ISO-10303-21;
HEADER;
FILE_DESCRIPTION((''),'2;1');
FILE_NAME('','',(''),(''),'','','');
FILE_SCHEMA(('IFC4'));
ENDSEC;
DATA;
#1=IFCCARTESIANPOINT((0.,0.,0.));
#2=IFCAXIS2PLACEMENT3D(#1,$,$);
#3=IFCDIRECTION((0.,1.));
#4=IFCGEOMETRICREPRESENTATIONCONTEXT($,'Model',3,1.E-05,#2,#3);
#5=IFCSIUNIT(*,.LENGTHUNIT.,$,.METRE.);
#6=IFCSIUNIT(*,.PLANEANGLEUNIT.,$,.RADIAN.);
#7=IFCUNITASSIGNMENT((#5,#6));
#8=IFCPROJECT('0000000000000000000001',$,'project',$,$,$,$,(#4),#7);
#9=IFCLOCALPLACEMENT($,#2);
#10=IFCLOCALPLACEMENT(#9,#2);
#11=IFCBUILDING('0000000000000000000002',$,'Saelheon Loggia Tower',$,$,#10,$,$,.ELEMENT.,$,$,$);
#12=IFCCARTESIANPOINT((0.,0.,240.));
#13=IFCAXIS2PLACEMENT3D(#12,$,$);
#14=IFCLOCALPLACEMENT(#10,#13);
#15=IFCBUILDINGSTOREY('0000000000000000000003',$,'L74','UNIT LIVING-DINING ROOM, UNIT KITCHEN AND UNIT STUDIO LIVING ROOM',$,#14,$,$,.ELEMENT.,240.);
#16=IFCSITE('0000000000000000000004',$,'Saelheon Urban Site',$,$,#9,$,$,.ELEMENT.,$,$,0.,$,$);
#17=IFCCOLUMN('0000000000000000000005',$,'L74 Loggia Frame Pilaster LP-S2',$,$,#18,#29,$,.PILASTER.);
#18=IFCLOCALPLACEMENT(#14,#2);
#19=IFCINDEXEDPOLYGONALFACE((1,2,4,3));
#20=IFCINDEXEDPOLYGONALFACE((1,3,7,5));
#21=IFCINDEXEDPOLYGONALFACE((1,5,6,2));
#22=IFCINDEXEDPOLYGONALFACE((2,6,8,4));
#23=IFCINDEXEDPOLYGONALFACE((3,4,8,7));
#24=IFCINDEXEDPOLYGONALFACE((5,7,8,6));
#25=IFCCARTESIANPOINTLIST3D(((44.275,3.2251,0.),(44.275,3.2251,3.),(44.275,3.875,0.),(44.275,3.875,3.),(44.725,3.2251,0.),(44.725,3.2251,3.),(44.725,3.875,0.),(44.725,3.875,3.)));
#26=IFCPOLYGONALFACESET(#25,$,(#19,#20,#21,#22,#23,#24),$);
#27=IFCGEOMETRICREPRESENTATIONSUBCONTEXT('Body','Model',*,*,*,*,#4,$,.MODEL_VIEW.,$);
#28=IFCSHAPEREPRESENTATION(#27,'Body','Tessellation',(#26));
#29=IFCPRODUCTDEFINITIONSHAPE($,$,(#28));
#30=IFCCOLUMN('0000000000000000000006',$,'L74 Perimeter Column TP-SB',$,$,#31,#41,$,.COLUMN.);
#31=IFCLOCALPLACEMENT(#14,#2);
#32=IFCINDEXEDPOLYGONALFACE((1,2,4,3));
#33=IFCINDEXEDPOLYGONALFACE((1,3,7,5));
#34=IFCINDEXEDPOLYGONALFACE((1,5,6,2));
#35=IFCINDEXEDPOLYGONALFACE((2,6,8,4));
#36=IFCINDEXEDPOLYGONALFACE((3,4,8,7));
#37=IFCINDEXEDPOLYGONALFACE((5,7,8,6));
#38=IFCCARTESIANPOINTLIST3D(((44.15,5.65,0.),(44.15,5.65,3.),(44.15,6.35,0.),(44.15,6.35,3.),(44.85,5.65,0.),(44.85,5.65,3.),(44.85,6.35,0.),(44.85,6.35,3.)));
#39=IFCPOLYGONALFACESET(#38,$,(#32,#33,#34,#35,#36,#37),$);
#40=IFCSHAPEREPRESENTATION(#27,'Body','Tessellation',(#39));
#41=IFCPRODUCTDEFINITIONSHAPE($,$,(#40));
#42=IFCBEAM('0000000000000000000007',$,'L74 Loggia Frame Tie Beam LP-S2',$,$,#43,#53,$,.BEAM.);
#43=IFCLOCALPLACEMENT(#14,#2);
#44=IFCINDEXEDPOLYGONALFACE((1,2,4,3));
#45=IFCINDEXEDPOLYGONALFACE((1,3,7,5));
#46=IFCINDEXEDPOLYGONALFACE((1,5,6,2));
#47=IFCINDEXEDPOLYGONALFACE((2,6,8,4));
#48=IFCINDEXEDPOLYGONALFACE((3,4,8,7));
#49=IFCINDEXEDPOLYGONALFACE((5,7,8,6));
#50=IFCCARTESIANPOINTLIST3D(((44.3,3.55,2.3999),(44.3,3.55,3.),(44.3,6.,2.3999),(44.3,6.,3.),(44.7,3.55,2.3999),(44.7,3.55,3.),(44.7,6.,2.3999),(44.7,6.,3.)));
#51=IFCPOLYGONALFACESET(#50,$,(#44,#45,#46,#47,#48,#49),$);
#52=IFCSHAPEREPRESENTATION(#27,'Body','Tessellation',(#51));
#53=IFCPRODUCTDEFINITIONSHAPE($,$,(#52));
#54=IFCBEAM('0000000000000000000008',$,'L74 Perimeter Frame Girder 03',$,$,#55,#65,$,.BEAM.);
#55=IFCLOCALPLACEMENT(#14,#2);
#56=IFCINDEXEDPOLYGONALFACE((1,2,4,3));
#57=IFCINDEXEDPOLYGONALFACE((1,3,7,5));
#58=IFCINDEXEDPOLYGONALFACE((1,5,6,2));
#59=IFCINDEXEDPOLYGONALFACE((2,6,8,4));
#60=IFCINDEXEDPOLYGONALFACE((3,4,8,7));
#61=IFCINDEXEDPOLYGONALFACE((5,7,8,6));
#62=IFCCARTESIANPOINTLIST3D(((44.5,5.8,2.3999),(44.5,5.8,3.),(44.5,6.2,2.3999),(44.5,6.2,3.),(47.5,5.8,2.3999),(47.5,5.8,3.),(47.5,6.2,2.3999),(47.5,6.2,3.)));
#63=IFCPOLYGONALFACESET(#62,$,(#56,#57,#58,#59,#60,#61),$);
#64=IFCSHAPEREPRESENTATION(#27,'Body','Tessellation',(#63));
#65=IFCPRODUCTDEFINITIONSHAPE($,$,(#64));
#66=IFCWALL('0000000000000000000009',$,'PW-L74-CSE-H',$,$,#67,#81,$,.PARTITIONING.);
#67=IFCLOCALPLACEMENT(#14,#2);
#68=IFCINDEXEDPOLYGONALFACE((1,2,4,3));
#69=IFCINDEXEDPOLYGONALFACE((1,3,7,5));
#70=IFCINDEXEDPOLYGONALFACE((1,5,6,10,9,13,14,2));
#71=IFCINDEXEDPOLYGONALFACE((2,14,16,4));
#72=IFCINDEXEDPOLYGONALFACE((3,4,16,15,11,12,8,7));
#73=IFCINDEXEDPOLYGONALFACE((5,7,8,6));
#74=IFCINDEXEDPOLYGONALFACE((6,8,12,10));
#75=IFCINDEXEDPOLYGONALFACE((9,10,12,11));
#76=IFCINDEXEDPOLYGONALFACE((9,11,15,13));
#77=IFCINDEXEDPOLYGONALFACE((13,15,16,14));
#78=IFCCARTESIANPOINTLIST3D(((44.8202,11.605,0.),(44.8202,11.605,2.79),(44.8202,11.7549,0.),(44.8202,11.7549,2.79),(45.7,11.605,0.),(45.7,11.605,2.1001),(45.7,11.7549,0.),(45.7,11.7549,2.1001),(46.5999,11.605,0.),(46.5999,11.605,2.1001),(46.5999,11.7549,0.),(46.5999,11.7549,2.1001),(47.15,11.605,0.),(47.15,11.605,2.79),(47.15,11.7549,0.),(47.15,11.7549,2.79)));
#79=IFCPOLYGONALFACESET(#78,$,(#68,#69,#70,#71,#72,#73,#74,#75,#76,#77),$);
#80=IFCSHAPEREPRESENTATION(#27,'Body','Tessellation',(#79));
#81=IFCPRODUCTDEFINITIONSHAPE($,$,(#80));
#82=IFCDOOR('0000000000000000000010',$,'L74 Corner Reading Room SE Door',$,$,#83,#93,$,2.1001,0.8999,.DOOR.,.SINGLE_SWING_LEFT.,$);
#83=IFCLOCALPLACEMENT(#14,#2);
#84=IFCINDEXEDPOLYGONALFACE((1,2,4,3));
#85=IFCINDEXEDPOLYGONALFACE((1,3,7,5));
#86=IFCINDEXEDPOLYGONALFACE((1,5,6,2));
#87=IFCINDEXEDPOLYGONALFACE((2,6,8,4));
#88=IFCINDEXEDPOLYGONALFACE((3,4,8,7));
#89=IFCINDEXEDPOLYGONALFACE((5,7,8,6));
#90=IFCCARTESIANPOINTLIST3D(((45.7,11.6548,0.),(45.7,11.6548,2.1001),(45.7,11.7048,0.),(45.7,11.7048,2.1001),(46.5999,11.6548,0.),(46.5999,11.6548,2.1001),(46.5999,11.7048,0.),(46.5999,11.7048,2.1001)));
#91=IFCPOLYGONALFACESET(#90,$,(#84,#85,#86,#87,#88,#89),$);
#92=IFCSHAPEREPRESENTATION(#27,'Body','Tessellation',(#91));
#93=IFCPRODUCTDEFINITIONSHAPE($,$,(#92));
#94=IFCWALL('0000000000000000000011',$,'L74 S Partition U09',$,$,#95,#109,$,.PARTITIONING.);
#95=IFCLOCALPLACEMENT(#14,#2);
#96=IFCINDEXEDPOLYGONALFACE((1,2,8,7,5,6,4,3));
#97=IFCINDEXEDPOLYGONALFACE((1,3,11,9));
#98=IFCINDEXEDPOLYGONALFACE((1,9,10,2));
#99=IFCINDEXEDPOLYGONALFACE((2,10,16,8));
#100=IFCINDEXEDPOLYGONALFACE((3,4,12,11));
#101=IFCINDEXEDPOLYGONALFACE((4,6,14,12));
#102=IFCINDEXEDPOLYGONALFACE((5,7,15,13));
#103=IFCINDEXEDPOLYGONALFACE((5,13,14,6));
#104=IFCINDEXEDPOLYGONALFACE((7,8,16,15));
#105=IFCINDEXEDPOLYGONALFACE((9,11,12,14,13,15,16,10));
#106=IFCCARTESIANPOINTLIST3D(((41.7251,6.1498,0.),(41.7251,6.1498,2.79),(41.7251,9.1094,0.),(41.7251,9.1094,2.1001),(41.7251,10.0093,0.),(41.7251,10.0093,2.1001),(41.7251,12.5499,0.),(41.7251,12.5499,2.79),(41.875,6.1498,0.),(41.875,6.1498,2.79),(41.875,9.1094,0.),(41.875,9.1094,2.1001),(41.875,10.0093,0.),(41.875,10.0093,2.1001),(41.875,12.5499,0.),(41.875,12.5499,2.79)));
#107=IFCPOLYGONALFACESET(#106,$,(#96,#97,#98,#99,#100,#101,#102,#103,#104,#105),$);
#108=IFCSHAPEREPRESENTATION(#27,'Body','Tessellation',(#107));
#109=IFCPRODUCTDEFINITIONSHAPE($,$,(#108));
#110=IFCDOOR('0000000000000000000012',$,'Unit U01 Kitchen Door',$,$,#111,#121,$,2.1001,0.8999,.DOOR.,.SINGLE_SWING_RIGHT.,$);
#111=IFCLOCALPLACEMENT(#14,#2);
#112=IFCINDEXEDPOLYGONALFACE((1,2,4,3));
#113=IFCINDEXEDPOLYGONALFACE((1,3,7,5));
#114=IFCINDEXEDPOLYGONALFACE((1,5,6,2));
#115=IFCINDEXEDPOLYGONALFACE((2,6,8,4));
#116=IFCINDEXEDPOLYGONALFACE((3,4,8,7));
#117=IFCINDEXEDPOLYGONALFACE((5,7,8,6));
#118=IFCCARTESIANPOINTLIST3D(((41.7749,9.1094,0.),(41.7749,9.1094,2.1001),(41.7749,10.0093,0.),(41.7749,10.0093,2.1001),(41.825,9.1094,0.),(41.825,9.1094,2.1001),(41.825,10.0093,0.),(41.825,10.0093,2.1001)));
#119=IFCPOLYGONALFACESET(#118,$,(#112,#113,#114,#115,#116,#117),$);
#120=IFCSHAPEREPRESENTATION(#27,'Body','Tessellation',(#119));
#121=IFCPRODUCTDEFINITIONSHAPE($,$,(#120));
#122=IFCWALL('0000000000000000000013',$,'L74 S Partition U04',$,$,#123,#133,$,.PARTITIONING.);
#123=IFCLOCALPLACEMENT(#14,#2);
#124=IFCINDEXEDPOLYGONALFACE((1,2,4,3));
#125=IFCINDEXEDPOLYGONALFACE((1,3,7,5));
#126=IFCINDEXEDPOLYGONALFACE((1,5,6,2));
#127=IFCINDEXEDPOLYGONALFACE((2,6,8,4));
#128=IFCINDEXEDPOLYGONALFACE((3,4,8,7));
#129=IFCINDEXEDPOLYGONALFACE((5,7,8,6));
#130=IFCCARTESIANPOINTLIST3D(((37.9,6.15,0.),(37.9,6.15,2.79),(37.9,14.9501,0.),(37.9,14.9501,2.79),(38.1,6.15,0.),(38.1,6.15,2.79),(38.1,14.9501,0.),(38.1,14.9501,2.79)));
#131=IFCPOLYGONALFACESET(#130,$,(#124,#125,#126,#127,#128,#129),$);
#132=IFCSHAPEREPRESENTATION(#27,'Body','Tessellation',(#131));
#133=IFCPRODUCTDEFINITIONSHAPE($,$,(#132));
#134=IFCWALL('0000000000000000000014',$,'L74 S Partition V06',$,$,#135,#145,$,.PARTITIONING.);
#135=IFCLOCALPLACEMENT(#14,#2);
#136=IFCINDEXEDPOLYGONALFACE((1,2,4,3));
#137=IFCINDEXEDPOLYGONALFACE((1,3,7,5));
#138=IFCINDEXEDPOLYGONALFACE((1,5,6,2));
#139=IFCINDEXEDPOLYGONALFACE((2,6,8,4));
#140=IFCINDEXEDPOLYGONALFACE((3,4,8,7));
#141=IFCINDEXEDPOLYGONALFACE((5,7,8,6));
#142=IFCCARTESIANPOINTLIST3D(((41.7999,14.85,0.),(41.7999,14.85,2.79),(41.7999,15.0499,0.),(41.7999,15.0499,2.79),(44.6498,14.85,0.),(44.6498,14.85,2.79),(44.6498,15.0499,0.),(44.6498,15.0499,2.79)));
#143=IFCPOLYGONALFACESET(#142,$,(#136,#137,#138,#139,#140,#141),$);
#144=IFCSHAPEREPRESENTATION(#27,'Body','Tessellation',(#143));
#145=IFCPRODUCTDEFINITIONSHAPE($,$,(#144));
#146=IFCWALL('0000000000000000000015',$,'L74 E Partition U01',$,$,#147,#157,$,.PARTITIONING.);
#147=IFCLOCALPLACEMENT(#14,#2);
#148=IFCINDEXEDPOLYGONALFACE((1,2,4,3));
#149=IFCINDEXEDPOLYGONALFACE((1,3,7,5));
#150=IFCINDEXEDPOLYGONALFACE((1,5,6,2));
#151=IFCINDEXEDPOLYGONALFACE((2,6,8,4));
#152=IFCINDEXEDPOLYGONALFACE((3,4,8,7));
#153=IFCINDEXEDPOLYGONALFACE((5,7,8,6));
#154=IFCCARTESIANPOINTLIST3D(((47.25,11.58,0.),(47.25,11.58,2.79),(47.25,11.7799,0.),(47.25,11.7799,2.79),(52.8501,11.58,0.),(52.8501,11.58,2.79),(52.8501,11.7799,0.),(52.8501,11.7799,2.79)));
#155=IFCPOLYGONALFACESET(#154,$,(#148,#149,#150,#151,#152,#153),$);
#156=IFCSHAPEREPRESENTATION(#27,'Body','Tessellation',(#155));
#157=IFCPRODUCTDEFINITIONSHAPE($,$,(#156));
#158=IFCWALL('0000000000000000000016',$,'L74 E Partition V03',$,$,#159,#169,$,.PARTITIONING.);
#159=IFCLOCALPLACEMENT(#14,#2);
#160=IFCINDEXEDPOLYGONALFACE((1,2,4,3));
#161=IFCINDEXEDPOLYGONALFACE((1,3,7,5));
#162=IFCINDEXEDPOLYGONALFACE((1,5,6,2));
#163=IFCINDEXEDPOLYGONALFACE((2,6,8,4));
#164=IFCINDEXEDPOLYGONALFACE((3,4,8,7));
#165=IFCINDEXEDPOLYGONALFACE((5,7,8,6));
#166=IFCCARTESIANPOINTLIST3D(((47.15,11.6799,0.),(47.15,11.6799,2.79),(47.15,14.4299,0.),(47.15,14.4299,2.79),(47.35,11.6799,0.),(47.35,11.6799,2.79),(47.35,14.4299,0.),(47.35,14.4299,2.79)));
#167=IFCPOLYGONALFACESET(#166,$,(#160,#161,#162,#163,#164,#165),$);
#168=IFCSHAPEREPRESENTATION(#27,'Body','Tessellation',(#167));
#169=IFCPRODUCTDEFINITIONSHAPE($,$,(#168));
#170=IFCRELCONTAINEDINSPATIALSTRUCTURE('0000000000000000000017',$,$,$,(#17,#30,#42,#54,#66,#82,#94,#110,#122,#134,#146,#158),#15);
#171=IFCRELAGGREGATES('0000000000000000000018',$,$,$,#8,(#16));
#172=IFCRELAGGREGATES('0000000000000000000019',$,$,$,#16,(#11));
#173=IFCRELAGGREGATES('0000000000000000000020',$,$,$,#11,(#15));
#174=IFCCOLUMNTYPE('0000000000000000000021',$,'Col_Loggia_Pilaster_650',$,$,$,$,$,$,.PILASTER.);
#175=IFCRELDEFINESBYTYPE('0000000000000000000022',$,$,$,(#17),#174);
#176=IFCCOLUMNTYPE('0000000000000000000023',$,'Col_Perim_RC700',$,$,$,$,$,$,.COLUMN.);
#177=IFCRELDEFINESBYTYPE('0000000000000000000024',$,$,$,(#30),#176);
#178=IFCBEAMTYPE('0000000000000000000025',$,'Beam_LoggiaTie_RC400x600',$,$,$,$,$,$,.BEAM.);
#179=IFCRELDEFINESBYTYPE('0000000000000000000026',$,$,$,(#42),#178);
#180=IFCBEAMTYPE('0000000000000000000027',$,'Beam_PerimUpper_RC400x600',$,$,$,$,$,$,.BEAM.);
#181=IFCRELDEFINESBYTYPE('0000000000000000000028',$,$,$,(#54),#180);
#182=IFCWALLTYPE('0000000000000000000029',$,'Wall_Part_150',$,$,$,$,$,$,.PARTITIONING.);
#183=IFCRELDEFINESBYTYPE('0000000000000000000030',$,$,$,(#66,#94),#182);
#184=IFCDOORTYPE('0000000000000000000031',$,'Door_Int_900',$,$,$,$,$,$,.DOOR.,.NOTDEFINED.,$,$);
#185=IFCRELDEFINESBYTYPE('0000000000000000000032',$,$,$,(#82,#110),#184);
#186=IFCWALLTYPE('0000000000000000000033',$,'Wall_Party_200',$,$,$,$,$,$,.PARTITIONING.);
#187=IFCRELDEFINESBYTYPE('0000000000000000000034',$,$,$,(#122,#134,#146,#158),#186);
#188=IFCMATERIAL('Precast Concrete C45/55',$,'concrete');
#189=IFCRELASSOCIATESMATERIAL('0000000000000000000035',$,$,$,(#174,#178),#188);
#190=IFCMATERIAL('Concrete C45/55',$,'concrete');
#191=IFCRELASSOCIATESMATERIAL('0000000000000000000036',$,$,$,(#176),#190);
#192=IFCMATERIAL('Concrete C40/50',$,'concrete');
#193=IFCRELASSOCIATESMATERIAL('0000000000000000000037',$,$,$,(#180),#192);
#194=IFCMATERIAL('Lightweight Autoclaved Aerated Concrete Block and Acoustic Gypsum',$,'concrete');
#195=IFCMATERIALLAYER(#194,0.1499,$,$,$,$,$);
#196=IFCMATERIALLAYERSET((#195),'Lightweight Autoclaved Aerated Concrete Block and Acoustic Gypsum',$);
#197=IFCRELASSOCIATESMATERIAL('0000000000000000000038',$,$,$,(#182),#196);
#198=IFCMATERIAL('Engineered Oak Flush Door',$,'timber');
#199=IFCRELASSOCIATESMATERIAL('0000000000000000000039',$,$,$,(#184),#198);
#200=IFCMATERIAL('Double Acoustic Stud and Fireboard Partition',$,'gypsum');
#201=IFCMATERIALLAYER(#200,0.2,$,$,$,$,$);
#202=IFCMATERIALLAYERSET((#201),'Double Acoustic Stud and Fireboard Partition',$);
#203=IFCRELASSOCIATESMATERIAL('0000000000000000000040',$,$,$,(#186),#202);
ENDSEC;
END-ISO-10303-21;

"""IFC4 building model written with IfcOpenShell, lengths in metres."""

from ifc_helpers import new_model, si_unit, direction, frame, frame_2d, origin, origin_2d, place, context, subcontext, project, spatial, rectangle, extrude, source, transform, mapped, material, layer, layer_set, material_profile, profile_set, type_object, element, fill, save


model = new_model("IFC4")

# Units and contexts
model_context = context("Model", 3, precision=1e-05, world=origin(), true_north=direction((0.0, 1.0)))
body_context = subcontext(model_context, "Body", "Model", "MODEL_VIEW")
ifc_project = project(units=[si_unit("LENGTHUNIT", "METRE"), si_unit("PLANEANGLEUNIT", "RADIAN")], contexts=[model_context])

# Site, building, storey
site_placement = place(None, origin())
site = spatial("IfcSite", under=ifc_project, at=site_placement, Name="Saelheon Urban Site", CompositionType="ELEMENT", RefElevation=0.0)
building_placement = place(site_placement, origin())
building = spatial("IfcBuilding", under=site, at=building_placement, Name="Saelheon Loggia Tower", CompositionType="ELEMENT")
storey_placement = place(building_placement, frame((0.0, 0.0, 240.0)))
storey = spatial("IfcBuildingStorey", under=building, at=storey_placement, Name="L74", Description="UNIT LIVING-DINING ROOM, UNIT KITCHEN AND UNIT STUDIO LIVING ROOM", CompositionType="ELEMENT", Elevation=240.0)

# Columns
ifc_material_1 = material(Name="Precast Concrete C45/55", Category="concrete")
ifc_material_profile_1 = material_profile(ifc_material_1, rectangle(XDim=0.45, YDim=0.6499, at=origin_2d()), Name="RC-450x650")
ifc_profile_set_1 = profile_set([ifc_material_profile_1], Name="Precast Concrete C45/55")
column_type_1 = type_object("IfcColumnType", Name="Col_Loggia_Pilaster_650", PredefinedType="PILASTER", material=ifc_profile_set_1)
shared_shape_1 = source(origin(), body_context, "Body", "SweptSolid", [
    extrude(rectangle(XDim=0.45, YDim=0.6499, at=origin_2d()), origin(), (0.0, 0.0, 1.0), 3.0),
])
column_1_placement = place(storey_placement, frame((44.5, 3.55, 0.0), z_axis=(0.0, 0.0, 1.0), x_axis=(1.0, 0.0, 0.0)))
element("IfcColumn", 1, at=column_1_placement, inside=storey, type_object=column_type_1, Name="L74 Loggia Frame Pilaster LP-S2", PredefinedType="PILASTER", context=body_context, shape_type="MappedRepresentation", body=[
    mapped(shared_shape_1, transform((0.0, 0.0, 0.0), scale=1.0)),
])
ifc_material_2 = material(Name="Concrete C45/55", Category="concrete")
ifc_material_profile_2 = material_profile(ifc_material_2, rectangle(XDim=0.7, YDim=0.7, at=origin_2d()), Name="RC-700x700")
ifc_profile_set_2 = profile_set([ifc_material_profile_2], Name="Concrete C45/55")
column_type_2 = type_object("IfcColumnType", Name="Col_Perim_RC700", PredefinedType="COLUMN", material=ifc_profile_set_2)
shared_shape_2 = source(origin(), body_context, "Body", "SweptSolid", [
    extrude(rectangle(XDim=0.7, YDim=0.7, at=origin_2d()), origin(), (0.0, 0.0, 1.0), 3.0),
])
column_2_placement = place(storey_placement, frame((44.5, 6.0, 0.0), z_axis=(0.0, 0.0, 1.0), x_axis=(1.0, 0.0, 0.0)))
element("IfcColumn", 2, at=column_2_placement, inside=storey, type_object=column_type_2, Name="L74 Perimeter Column TP-SB", PredefinedType="COLUMN", context=body_context, shape_type="MappedRepresentation", body=[
    mapped(shared_shape_2, transform((0.0, 0.0, 0.0), scale=1.0)),
])

# Beams
ifc_material_profile_3 = material_profile(ifc_material_1, rectangle(XDim=0.3999, YDim=0.6001, at=origin_2d()), Name="RC-400x600")
ifc_profile_set_3 = profile_set([ifc_material_profile_3], Name="Precast Concrete C45/55")
beam_type_1 = type_object("IfcBeamType", Name="Beam_LoggiaTie_RC400x600", PredefinedType="BEAM", material=ifc_profile_set_3)
shared_shape_3 = source(origin(), body_context, "Body", "SweptSolid", [
    extrude(rectangle(XDim=0.3999, YDim=0.6001, at=origin_2d()), origin(), (0.0, 0.0, 1.0), 2.45),
])
beam_1_placement = place(storey_placement, frame((44.5, 6.0, 2.7), z_axis=(0.0, -1.0, 0.0), x_axis=(1.0, 0.0, 0.0)))
element("IfcBeam", 3, at=beam_1_placement, inside=storey, type_object=beam_type_1, Name="L74 Loggia Frame Tie Beam LP-S2", PredefinedType="BEAM", context=body_context, shape_type="MappedRepresentation", body=[
    mapped(shared_shape_3, transform((0.0, 0.0, 0.0), scale=1.0)),
])
ifc_material_3 = material(Name="Concrete C40/50", Category="concrete")
ifc_material_profile_4 = material_profile(ifc_material_3, rectangle(XDim=0.3999, YDim=0.6001, at=origin_2d()), Name="RC-400x600")
ifc_profile_set_4 = profile_set([ifc_material_profile_4], Name="Concrete C40/50")
beam_type_2 = type_object("IfcBeamType", Name="Beam_PerimUpper_RC400x600", PredefinedType="BEAM", material=ifc_profile_set_4)
shared_shape_4 = source(origin(), body_context, "Body", "SweptSolid", [
    extrude(rectangle(XDim=0.3999, YDim=0.6001, at=origin_2d()), origin(), (0.0, 0.0, 1.0), 3.0),
])
beam_2_placement = place(storey_placement, frame((44.5, 6.0, 2.7), z_axis=(1.0, 0.0, 0.0), x_axis=(0.0, 1.0, 0.0)))
element("IfcBeam", 4, at=beam_2_placement, inside=storey, type_object=beam_type_2, Name="L74 Perimeter Frame Girder 03", PredefinedType="BEAM", context=body_context, shape_type="MappedRepresentation", body=[
    mapped(shared_shape_4, transform((0.0, 0.0, 0.0), scale=1.0)),
])

# Walls, openings, doors
ifc_material_4 = material(Name="Lightweight Autoclaved Aerated Concrete Block and Acoustic Gypsum", Category="concrete")
ifc_layer_1 = layer(ifc_material_4, 0.1499)
ifc_layer_set_1 = layer_set([ifc_layer_1], Name="Lightweight Autoclaved Aerated Concrete Block and Acoustic Gypsum")
wall_type_1 = type_object("IfcWallType", Name="Wall_Part_150", PredefinedType="PARTITIONING", material=ifc_layer_set_1)
wall_1_placement = place(storey_placement, frame((44.8201, 11.6799, 0.0), z_axis=(0.0, 0.0, 1.0), x_axis=(1.0, 0.0, 0.0)))
wall_1 = element("IfcWall", 5, at=wall_1_placement, inside=storey, type_object=wall_type_1, Name="PW-L74-CSE-H", PredefinedType="PARTITIONING", context=body_context, shape_type="SweptSolid", body=[
    extrude(rectangle(XDim=2.3298, YDim=0.1499, at=frame_2d((1.165, 0.0))), origin(), (0.0, 0.0, 1.0), 2.79),
])
opening_1_placement = place(wall_1_placement, frame((0.8799, 0.0, 0.0)))
opening_1 = element("IfcOpeningElement", 6, at=opening_1_placement, cuts=wall_1, PredefinedType="OPENING", context=body_context, shape_type="SweptSolid", body=[
    extrude(rectangle(XDim=0.8999, YDim=2.1001, at=frame_2d((0.45, 1.05))), frame((0.0, 0.0869, 0.0), z_axis=(0.0, -1.0, 0.0), x_axis=(1.0, 0.0, 0.0)), (0.0, 0.0, 1.0), 0.1738),
])
ifc_material_5 = material(Name="Engineered Oak Flush Door", Category="timber")
door_type_1 = type_object("IfcDoorType", Name="Door_Int_900", OperationType="NOTDEFINED", PredefinedType="DOOR", material=ifc_material_5)
shared_shape_5 = source(origin(), body_context, "Body", "SweptSolid", [
    extrude(rectangle(XDim=0.8999, YDim=2.1001, at=frame_2d((0.45, 1.05))), frame((0.0, 0.0249, 0.0), z_axis=(0.0, -1.0, 0.0), x_axis=(1.0, 0.0, 0.0)), (0.0, 0.0, 1.0), 0.05),
])
door_1_placement = place(opening_1_placement, origin())
door_1 = element("IfcDoor", 7, at=door_1_placement, inside=storey, type_object=door_type_1, Name="L74 Corner Reading Room SE Door", OperationType="SINGLE_SWING_LEFT", OverallHeight=2.1001, OverallWidth=0.8999, PredefinedType="DOOR", context=body_context, shape_type="MappedRepresentation", body=[
    mapped(shared_shape_5, transform((0.0, 0.0, 0.0), scale=1.0)),
])
fill(opening_1, door_1)
wall_2_placement = place(storey_placement, frame((41.8, 12.55, 0.0), z_axis=(0.0, 0.0, 1.0), x_axis=(0.0, -1.0, 0.0)))
wall_2 = element("IfcWall", 8, at=wall_2_placement, inside=storey, type_object=wall_type_1, Name="L74 S Partition U09", PredefinedType="PARTITIONING", context=body_context, shape_type="SweptSolid", body=[
    extrude(rectangle(XDim=6.4001, YDim=0.1499, at=frame_2d((3.2002, 0.0))), origin(), (0.0, 0.0, 1.0), 2.79),
])
opening_2_placement = place(wall_2_placement, frame((2.5408, 0.0, 0.0)))
opening_2 = element("IfcOpeningElement", 9, at=opening_2_placement, cuts=wall_2, PredefinedType="OPENING", context=body_context, shape_type="SweptSolid", body=[
    extrude(rectangle(XDim=0.8999, YDim=2.1001, at=frame_2d((0.45, 1.05))), frame((0.0, 0.0869, 0.0), z_axis=(0.0, -1.0, 0.0), x_axis=(1.0, 0.0, 0.0)), (0.0, 0.0, 1.0), 0.1738),
])
door_2_placement = place(opening_2_placement, origin())
door_2 = element("IfcDoor", 10, at=door_2_placement, inside=storey, type_object=door_type_1, Name="Unit U01 Kitchen Door", OperationType="SINGLE_SWING_RIGHT", OverallHeight=2.1001, OverallWidth=0.8999, PredefinedType="DOOR", context=body_context, shape_type="MappedRepresentation", body=[
    mapped(shared_shape_5, transform((0.0, 0.0, 0.0), scale=1.0)),
])
fill(opening_2, door_2)

# Wall
ifc_material_6 = material(Name="Double Acoustic Stud and Fireboard Partition", Category="gypsum")
ifc_layer_2 = layer(ifc_material_6, 0.2)
ifc_layer_set_2 = layer_set([ifc_layer_2], Name="Double Acoustic Stud and Fireboard Partition")
wall_type_2 = type_object("IfcWallType", Name="Wall_Party_200", PredefinedType="PARTITIONING", material=ifc_layer_set_2)
wall_3_placement = place(storey_placement, frame((38.0, 14.95, 0.0), z_axis=(0.0, 0.0, 1.0), x_axis=(0.0, -1.0, 0.0)))
element("IfcWall", 11, at=wall_3_placement, inside=storey, type_object=wall_type_2, Name="L74 S Partition U04", PredefinedType="PARTITIONING", context=body_context, shape_type="SweptSolid", body=[
    extrude(rectangle(XDim=8.8, YDim=0.2, at=frame_2d((4.3999, 0.0))), origin(), (0.0, 0.0, 1.0), 2.79),
])

# Walls
wall_4_placement = place(storey_placement, frame((41.8, 14.95, 0.0), z_axis=(0.0, 0.0, 1.0), x_axis=(1.0, 0.0, 0.0)))
element("IfcWall", 12, at=wall_4_placement, inside=storey, type_object=wall_type_2, Name="L74 S Partition V06", PredefinedType="PARTITIONING", context=body_context, shape_type="SweptSolid", body=[
    extrude(rectangle(XDim=2.8499, YDim=0.2, at=frame_2d((1.4248, 0.0))), origin(), (0.0, 0.0, 1.0), 2.79),
])
wall_5_placement = place(storey_placement, frame((47.25, 11.6799, 0.0), z_axis=(0.0, 0.0, 1.0), x_axis=(1.0, 0.0, 0.0)))
element("IfcWall", 13, at=wall_5_placement, inside=storey, type_object=wall_type_2, Name="L74 E Partition U01", PredefinedType="PARTITIONING", context=body_context, shape_type="SweptSolid", body=[
    extrude(rectangle(XDim=5.6001, YDim=0.2, at=frame_2d((2.8, 0.0))), origin(), (0.0, 0.0, 1.0), 2.79),
])
wall_6_placement = place(storey_placement, frame((47.25, 11.6799, 0.0), z_axis=(0.0, 0.0, 1.0), x_axis=(0.0, 1.0, 0.0)))
element("IfcWall", 14, at=wall_6_placement, inside=storey, type_object=wall_type_2, Name="L74 E Partition V03", PredefinedType="PARTITIONING", context=body_context, shape_type="SweptSolid", body=[
    extrude(rectangle(XDim=2.75, YDim=0.2, at=frame_2d((1.375, 0.0))), origin(), (0.0, 0.0, 1.0), 2.79),
])

save(model, "model.ifc")
